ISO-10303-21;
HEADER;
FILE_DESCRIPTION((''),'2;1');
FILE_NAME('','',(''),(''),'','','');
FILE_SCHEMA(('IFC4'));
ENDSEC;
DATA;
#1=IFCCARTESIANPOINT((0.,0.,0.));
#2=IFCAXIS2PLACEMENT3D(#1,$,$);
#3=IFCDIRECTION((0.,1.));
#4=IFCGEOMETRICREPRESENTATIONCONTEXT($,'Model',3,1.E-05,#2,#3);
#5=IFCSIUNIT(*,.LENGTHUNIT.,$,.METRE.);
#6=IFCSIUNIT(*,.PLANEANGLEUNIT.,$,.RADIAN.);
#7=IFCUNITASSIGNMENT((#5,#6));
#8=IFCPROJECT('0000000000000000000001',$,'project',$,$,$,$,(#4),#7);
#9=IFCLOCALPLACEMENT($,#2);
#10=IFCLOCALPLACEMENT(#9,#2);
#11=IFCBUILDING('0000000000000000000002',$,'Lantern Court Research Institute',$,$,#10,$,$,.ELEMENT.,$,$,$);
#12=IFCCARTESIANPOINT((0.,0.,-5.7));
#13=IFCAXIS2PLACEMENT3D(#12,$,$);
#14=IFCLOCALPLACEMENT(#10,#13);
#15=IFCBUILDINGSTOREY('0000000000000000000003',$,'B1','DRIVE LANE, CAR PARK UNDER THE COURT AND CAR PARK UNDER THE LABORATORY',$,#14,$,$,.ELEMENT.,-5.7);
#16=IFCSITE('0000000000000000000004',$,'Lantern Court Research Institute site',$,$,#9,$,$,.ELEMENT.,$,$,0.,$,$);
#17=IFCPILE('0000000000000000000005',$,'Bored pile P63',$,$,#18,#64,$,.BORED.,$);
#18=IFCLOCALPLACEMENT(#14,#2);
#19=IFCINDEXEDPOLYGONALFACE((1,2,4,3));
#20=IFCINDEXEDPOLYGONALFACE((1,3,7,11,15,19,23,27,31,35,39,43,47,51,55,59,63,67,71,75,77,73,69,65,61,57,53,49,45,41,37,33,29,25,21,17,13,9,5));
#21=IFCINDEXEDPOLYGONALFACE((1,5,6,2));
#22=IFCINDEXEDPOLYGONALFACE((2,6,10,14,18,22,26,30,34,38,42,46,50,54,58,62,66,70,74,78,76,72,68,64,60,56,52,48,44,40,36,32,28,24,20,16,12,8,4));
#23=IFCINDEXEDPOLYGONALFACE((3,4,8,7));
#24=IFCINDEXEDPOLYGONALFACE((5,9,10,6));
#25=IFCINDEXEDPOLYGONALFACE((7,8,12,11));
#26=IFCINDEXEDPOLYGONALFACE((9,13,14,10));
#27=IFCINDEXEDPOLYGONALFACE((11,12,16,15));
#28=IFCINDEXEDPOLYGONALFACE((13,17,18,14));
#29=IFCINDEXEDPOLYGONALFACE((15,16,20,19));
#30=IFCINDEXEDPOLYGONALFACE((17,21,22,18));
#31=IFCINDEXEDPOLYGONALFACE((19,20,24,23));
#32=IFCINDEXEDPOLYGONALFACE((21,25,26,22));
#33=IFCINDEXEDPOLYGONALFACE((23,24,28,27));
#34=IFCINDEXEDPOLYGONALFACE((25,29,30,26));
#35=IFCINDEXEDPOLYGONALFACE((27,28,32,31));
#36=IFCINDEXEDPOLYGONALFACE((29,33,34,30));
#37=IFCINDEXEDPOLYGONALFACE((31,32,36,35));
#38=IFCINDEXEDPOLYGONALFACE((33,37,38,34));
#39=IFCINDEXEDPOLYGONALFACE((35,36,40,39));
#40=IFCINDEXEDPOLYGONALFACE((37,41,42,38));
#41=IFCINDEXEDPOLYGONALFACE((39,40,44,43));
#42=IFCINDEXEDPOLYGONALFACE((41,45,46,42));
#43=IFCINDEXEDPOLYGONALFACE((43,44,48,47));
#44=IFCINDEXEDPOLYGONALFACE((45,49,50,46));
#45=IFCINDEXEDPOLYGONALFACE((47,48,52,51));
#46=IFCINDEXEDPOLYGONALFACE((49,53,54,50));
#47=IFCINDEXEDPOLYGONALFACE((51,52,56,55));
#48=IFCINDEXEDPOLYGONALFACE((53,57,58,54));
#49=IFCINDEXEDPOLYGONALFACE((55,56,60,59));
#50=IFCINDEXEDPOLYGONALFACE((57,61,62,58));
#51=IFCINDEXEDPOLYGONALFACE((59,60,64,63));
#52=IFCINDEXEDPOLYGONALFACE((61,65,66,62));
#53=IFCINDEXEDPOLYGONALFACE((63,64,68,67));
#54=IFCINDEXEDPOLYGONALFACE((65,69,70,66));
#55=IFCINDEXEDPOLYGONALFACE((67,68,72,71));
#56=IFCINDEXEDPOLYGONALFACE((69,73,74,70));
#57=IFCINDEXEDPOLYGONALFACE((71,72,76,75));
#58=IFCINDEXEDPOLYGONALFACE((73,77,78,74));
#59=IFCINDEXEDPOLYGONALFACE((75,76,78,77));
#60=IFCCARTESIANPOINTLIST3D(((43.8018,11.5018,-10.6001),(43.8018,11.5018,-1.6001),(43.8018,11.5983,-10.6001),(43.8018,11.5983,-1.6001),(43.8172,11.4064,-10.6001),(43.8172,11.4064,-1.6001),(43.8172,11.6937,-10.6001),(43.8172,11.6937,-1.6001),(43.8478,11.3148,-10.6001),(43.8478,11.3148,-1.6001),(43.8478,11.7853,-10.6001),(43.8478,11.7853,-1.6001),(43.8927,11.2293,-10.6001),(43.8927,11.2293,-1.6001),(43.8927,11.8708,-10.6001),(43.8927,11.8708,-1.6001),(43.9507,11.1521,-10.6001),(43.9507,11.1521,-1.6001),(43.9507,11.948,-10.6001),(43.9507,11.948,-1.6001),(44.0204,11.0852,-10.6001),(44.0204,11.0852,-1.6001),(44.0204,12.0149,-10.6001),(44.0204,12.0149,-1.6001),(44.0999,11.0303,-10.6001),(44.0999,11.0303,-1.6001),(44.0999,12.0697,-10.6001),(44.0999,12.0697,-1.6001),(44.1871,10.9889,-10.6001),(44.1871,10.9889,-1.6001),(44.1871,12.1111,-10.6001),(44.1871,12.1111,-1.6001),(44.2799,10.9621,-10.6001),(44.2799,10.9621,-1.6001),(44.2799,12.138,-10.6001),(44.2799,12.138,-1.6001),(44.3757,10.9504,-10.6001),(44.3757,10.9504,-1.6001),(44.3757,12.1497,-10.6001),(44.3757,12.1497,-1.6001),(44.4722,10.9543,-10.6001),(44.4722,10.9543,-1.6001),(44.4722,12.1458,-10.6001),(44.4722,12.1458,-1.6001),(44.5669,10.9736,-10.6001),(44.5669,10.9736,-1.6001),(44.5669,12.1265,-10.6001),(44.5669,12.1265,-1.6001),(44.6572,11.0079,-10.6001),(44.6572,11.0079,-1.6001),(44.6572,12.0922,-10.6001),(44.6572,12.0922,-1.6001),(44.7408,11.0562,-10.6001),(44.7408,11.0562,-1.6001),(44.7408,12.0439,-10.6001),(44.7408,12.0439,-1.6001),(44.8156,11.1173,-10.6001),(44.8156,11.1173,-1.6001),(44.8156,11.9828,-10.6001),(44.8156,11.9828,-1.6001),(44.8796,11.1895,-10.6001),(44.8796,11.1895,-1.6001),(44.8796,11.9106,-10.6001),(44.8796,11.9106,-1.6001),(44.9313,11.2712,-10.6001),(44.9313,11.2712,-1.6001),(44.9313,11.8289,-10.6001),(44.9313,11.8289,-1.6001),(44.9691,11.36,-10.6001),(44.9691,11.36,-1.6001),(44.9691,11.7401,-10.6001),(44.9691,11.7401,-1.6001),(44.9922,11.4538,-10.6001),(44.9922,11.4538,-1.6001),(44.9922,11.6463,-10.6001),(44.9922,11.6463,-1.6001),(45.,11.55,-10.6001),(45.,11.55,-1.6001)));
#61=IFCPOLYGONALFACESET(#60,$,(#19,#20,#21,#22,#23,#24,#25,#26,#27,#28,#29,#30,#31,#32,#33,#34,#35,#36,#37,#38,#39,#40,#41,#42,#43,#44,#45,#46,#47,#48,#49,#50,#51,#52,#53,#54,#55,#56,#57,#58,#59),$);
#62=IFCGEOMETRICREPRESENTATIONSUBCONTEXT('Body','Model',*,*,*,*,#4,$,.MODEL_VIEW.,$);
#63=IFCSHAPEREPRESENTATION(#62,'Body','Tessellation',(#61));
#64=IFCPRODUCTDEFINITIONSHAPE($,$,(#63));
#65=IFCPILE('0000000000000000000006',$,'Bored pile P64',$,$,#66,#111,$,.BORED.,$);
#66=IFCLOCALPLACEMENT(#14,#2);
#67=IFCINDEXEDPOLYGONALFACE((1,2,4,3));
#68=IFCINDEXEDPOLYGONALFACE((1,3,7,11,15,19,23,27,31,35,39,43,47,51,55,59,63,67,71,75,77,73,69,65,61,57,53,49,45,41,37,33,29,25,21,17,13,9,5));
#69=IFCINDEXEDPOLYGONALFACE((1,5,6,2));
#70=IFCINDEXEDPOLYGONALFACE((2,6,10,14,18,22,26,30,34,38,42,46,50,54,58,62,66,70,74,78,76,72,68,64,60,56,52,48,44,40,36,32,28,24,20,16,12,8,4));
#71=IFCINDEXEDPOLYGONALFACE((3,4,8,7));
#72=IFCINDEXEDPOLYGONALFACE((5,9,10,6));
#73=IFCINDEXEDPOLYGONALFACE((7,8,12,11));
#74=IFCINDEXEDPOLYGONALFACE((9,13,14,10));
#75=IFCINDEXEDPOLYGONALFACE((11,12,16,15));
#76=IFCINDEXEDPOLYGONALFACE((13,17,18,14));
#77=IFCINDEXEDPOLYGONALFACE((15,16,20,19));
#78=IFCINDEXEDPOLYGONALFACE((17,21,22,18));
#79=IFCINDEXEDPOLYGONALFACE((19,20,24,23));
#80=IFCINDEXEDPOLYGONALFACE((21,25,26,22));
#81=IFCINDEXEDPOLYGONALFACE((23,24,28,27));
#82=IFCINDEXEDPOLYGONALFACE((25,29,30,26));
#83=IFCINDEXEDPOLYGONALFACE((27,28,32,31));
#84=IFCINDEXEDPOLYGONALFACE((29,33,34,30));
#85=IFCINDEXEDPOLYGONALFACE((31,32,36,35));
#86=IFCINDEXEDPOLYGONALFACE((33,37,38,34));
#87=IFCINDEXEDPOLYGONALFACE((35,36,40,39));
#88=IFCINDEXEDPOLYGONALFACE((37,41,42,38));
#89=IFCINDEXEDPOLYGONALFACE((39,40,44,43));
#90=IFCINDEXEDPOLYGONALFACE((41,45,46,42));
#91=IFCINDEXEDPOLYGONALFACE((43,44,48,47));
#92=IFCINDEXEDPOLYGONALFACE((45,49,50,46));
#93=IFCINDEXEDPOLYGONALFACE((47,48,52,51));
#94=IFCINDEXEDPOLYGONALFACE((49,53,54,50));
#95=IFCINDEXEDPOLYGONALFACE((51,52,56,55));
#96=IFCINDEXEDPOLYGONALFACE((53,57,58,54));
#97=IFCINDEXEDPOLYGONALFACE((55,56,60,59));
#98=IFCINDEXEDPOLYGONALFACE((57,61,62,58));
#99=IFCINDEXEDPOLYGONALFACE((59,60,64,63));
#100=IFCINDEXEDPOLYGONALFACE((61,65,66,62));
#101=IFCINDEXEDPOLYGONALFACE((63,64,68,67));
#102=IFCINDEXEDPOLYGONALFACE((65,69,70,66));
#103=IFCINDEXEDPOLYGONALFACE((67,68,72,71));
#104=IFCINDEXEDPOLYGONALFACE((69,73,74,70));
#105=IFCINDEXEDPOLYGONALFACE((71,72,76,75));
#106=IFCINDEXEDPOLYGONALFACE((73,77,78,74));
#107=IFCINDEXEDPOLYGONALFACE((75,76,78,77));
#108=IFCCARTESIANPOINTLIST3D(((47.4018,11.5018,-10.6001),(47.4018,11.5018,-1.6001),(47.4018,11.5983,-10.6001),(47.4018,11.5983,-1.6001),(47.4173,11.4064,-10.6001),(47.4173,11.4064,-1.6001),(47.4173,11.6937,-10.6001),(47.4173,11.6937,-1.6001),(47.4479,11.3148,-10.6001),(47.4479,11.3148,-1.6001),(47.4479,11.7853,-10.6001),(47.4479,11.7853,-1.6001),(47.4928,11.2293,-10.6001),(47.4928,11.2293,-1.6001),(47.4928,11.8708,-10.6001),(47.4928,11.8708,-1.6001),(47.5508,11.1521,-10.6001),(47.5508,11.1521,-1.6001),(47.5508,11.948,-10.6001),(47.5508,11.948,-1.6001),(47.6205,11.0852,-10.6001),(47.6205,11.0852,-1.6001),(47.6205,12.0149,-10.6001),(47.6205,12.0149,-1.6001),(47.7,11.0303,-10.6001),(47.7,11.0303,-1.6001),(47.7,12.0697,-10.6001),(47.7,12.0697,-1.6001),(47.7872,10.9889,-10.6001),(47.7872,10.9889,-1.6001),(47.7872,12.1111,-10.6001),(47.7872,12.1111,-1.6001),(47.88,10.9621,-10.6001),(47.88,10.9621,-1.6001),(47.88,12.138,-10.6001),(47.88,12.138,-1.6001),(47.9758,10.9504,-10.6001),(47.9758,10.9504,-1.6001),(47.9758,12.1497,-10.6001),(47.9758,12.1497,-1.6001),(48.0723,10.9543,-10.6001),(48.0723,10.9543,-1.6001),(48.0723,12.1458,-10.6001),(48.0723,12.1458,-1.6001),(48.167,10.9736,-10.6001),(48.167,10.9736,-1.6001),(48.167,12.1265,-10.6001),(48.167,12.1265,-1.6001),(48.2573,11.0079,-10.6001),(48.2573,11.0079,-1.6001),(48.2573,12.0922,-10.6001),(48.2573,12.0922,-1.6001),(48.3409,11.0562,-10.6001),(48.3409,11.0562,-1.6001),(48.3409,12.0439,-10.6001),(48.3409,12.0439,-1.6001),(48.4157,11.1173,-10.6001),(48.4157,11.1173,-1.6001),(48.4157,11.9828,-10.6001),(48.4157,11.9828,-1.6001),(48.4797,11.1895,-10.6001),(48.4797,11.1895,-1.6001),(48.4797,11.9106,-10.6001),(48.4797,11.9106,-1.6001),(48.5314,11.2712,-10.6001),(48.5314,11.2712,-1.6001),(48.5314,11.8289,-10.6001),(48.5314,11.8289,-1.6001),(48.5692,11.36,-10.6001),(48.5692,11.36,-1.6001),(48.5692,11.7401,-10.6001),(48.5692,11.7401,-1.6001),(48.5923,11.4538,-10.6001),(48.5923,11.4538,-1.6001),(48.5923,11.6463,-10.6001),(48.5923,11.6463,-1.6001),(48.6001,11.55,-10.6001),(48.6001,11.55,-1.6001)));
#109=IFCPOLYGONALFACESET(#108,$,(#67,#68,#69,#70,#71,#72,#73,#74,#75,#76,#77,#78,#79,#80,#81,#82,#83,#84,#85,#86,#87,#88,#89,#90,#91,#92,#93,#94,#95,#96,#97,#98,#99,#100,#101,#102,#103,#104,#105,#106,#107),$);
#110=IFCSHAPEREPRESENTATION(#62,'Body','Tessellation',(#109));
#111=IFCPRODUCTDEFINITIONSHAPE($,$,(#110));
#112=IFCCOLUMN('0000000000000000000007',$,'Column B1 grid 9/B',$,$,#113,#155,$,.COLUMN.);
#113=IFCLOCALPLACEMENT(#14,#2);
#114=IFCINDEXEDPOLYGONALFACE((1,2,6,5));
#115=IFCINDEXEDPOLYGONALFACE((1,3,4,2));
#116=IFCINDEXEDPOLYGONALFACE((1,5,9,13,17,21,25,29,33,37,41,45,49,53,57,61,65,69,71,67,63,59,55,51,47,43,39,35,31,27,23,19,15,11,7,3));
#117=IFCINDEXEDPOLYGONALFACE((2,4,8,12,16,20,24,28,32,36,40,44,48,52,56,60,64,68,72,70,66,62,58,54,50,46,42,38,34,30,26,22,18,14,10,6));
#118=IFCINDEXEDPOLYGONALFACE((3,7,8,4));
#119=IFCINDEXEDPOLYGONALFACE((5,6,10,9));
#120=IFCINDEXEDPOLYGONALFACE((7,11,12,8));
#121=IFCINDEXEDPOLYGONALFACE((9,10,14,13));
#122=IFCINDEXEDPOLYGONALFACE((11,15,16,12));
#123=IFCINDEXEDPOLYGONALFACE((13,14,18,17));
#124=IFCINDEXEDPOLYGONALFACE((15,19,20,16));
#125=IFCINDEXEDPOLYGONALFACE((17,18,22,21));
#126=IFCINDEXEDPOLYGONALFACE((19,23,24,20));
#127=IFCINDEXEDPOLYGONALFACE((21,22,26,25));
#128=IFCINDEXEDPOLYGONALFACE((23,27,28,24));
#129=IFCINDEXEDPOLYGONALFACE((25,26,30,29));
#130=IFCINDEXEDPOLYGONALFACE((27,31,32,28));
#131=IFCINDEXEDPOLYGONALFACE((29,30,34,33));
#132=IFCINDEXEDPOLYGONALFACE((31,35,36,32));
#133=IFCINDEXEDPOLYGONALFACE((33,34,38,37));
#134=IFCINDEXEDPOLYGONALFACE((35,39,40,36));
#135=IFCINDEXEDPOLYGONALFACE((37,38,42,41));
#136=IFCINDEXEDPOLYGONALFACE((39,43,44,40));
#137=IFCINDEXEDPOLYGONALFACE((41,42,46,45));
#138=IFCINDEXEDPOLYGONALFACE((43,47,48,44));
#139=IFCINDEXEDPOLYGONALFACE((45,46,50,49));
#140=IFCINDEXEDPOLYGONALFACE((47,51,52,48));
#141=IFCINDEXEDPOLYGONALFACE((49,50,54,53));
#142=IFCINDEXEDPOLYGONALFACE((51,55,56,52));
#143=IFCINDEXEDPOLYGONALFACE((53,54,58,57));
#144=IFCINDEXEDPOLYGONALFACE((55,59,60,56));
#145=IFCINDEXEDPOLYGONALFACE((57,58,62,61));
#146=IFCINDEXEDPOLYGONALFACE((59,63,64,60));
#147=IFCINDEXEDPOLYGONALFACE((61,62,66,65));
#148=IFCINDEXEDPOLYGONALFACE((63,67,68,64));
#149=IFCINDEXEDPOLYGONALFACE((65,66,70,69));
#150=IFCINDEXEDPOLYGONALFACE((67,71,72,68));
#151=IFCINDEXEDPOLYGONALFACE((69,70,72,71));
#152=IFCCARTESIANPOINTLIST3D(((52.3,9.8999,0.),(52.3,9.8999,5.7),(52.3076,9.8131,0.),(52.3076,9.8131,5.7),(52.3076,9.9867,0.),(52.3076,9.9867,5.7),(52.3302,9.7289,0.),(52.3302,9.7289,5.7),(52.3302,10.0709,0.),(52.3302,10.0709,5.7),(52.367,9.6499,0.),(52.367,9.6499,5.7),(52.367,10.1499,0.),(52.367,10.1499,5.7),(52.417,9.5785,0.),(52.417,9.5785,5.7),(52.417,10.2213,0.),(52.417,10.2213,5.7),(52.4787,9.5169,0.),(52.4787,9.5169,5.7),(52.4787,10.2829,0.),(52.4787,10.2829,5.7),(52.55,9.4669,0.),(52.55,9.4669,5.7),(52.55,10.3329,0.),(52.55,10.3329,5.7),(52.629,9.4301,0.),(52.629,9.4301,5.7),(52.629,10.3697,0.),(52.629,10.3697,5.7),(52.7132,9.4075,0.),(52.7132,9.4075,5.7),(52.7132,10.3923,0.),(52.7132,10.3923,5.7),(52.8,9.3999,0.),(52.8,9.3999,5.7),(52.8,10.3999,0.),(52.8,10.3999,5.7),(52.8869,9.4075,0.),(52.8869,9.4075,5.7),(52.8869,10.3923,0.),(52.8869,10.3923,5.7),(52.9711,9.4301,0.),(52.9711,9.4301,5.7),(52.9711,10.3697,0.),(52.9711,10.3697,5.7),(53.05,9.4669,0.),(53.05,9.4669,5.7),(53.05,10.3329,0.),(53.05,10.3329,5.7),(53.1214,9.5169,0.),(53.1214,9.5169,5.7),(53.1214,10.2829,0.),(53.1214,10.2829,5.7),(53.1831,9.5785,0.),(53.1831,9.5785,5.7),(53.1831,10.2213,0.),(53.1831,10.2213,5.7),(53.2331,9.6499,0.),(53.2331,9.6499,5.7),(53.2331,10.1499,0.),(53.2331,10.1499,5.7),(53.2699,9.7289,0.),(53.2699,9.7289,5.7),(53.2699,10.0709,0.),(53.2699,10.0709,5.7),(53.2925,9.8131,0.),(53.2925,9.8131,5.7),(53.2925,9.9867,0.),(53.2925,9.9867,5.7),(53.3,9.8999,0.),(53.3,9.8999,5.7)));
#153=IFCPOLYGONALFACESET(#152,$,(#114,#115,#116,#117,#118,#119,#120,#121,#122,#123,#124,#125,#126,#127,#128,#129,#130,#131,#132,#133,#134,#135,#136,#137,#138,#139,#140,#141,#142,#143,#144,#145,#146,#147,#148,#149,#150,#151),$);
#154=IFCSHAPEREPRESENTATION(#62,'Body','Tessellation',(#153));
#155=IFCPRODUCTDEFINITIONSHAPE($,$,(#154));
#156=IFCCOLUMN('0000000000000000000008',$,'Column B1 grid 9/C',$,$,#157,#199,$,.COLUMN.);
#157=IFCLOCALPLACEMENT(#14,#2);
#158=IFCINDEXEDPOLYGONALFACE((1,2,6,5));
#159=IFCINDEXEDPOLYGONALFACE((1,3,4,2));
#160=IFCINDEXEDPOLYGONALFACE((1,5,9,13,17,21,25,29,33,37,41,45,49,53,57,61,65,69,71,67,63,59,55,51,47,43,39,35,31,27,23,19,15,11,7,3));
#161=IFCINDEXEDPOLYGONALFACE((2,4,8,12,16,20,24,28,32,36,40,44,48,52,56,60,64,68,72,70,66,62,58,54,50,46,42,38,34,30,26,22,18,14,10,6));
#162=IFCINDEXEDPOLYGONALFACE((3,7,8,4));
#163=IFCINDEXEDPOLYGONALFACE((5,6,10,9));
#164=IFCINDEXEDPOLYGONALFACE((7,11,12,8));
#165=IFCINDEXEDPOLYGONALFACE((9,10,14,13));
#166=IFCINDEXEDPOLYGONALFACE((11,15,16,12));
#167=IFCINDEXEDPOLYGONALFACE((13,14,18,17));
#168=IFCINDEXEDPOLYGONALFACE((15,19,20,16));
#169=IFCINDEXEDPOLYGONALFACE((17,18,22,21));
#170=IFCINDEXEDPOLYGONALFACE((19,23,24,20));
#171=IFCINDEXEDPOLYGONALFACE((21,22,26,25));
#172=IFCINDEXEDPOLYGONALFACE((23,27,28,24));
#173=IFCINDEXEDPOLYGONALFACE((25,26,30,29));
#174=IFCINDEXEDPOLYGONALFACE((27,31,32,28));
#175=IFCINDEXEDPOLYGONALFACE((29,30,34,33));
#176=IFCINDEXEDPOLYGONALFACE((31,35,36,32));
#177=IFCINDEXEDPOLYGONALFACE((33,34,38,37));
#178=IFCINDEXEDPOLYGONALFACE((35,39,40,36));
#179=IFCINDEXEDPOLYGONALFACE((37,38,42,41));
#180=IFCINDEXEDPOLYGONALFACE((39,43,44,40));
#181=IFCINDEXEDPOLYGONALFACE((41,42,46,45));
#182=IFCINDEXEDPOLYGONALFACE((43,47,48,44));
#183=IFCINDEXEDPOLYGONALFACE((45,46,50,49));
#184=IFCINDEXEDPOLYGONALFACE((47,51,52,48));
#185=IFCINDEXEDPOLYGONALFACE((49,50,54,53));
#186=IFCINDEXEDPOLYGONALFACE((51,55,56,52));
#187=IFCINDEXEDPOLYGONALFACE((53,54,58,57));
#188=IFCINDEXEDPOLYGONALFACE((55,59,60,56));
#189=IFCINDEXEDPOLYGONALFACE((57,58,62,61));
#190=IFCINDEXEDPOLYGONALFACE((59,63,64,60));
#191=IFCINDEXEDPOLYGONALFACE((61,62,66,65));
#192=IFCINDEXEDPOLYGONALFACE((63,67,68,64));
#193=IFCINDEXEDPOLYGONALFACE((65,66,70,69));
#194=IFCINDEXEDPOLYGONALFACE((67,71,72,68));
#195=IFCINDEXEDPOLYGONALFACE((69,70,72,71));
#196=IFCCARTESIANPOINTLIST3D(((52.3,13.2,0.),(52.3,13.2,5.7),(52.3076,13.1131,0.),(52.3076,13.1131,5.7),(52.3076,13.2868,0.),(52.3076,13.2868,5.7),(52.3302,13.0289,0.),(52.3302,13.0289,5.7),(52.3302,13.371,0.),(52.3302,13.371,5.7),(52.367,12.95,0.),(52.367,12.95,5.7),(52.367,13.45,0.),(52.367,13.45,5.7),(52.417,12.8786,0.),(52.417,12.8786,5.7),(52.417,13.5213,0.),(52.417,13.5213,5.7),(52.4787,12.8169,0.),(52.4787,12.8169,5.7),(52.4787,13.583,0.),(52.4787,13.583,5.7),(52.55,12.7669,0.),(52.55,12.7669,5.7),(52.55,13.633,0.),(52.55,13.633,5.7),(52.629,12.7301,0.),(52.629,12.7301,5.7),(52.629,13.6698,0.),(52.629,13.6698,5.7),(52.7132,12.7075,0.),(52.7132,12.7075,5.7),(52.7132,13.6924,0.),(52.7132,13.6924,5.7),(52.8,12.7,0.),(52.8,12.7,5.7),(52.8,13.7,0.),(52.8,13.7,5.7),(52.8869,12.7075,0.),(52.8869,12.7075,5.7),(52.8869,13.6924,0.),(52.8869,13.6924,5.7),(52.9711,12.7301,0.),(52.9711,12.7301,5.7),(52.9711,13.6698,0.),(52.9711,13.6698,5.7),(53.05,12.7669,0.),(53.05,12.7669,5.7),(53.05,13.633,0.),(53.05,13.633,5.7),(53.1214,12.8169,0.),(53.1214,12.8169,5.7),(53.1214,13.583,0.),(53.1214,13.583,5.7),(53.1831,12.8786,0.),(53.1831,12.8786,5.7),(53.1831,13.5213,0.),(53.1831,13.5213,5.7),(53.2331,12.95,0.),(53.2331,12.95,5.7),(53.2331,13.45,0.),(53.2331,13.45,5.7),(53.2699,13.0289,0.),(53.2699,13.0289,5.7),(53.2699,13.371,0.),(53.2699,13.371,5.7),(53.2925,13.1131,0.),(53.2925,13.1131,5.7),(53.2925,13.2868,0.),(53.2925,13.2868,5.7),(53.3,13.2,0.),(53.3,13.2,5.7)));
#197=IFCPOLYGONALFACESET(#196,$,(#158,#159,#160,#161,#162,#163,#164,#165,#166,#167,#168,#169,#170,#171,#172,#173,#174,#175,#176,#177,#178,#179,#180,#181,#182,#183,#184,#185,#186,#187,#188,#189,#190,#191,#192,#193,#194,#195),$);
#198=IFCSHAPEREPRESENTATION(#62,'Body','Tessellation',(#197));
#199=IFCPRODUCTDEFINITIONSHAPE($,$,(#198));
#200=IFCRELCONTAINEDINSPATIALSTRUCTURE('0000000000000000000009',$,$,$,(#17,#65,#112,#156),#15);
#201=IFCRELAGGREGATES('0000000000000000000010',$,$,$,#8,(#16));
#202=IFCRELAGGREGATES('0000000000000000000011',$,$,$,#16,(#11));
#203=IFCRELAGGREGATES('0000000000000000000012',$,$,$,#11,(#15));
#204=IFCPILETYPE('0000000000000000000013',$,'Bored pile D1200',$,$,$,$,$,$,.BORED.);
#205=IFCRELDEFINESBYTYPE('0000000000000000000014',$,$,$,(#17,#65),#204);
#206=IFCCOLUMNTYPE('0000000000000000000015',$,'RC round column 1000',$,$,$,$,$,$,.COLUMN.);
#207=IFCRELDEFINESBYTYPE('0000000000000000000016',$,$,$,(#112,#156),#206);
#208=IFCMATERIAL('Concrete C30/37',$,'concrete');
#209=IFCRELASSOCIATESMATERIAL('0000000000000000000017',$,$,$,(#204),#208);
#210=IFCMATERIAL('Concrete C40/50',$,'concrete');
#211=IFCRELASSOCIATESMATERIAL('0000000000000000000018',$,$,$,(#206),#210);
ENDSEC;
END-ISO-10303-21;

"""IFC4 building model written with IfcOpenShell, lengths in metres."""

from ifc_helpers import new_model, si_unit, direction, frame, origin, origin_2d, place, context, subcontext, project, spatial, circle, extrude, material, material_profile, profile_set, type_object, element, save


model = new_model("IFC4")

# Units and contexts
model_context = context("Model", 3, precision=1e-05, world=origin(), true_north=direction((0.0, 1.0)))
body_context = subcontext(model_context, "Body", "Model", "MODEL_VIEW")
ifc_project = project(units=[si_unit("LENGTHUNIT", "METRE"), si_unit("PLANEANGLEUNIT", "RADIAN")], contexts=[model_context])

# Site, building, storey
site_placement = place(None, origin())
site = spatial("IfcSite", under=ifc_project, at=site_placement, Name="Lantern Court Research Institute site", CompositionType="ELEMENT", RefElevation=0.0)
building_placement = place(site_placement, origin())
building = spatial("IfcBuilding", under=site, at=building_placement, Name="Lantern Court Research Institute", CompositionType="ELEMENT")
storey_placement = place(building_placement, frame((0.0, 0.0, -5.7)))
storey = spatial("IfcBuildingStorey", under=building, at=storey_placement, Name="B1", Description="DRIVE LANE, CAR PARK UNDER THE COURT AND CAR PARK UNDER THE LABORATORY", CompositionType="ELEMENT", Elevation=-5.7)

# Piles
ifc_material_1 = material(Name="Concrete C30/37", Category="concrete")
ifc_material_profile_1 = material_profile(ifc_material_1, circle(Radius=0.6001, at=origin_2d()), Name="Bored pile D1200")
ifc_profile_set_1 = profile_set([ifc_material_profile_1], Name="Concrete C30/37")
pile_type = type_object("IfcPileType", Name="Bored pile D1200", PredefinedType="BORED", material=ifc_profile_set_1)
for number, where, z_axis, x_axis, name in (
    (1, (44.3999, 11.55, -1.6001), (0.0, 0.0, -1.0), (1.0, 0.0, 0.0), "Bored pile P63"),
    (2, (48.0, 11.55, -1.6001), (0.0, 0.0, -1.0), (1.0, 0.0, 0.0), "Bored pile P64"),
):
    element("IfcPile", number, at=place(storey_placement, frame(where, z_axis=z_axis, x_axis=x_axis)), inside=storey, type_object=pile_type, Name=name, PredefinedType="BORED", context=body_context, shape_type="SweptSolid", body=[
        extrude(circle(Radius=0.6001, at=origin_2d()), origin(), (0.0, 0.0, 1.0), 9.0),
    ])

# Columns
ifc_material_2 = material(Name="Concrete C40/50", Category="concrete")
ifc_material_profile_2 = material_profile(ifc_material_2, circle(Radius=0.5, at=origin_2d()), Name="RC round column 1000")
ifc_profile_set_2 = profile_set([ifc_material_profile_2], Name="Concrete C40/50")
column_type_1 = type_object("IfcColumnType", Name="RC round column 1000", PredefinedType="COLUMN", material=ifc_profile_set_2)
for number, where, z_axis, x_axis, name in (
    (3, (52.8, 9.8999, 0.0), (0.0, 0.0, 1.0), (1.0, 0.0, 0.0), "Column B1 grid 9/B"),
    (4, (52.8, 13.2, 0.0), (0.0, 0.0, 1.0), (1.0, 0.0, 0.0), "Column B1 grid 9/C"),
):
    element("IfcColumn", number, at=place(storey_placement, frame(where, z_axis=z_axis, x_axis=x_axis)), inside=storey, type_object=column_type_1, Name=name, PredefinedType="COLUMN", context=body_context, shape_type="SweptSolid", body=[
        extrude(circle(Radius=0.5, at=origin_2d()), origin(), (0.0, 0.0, 1.0), 5.7),
    ])

save(model, "model.ifc")
